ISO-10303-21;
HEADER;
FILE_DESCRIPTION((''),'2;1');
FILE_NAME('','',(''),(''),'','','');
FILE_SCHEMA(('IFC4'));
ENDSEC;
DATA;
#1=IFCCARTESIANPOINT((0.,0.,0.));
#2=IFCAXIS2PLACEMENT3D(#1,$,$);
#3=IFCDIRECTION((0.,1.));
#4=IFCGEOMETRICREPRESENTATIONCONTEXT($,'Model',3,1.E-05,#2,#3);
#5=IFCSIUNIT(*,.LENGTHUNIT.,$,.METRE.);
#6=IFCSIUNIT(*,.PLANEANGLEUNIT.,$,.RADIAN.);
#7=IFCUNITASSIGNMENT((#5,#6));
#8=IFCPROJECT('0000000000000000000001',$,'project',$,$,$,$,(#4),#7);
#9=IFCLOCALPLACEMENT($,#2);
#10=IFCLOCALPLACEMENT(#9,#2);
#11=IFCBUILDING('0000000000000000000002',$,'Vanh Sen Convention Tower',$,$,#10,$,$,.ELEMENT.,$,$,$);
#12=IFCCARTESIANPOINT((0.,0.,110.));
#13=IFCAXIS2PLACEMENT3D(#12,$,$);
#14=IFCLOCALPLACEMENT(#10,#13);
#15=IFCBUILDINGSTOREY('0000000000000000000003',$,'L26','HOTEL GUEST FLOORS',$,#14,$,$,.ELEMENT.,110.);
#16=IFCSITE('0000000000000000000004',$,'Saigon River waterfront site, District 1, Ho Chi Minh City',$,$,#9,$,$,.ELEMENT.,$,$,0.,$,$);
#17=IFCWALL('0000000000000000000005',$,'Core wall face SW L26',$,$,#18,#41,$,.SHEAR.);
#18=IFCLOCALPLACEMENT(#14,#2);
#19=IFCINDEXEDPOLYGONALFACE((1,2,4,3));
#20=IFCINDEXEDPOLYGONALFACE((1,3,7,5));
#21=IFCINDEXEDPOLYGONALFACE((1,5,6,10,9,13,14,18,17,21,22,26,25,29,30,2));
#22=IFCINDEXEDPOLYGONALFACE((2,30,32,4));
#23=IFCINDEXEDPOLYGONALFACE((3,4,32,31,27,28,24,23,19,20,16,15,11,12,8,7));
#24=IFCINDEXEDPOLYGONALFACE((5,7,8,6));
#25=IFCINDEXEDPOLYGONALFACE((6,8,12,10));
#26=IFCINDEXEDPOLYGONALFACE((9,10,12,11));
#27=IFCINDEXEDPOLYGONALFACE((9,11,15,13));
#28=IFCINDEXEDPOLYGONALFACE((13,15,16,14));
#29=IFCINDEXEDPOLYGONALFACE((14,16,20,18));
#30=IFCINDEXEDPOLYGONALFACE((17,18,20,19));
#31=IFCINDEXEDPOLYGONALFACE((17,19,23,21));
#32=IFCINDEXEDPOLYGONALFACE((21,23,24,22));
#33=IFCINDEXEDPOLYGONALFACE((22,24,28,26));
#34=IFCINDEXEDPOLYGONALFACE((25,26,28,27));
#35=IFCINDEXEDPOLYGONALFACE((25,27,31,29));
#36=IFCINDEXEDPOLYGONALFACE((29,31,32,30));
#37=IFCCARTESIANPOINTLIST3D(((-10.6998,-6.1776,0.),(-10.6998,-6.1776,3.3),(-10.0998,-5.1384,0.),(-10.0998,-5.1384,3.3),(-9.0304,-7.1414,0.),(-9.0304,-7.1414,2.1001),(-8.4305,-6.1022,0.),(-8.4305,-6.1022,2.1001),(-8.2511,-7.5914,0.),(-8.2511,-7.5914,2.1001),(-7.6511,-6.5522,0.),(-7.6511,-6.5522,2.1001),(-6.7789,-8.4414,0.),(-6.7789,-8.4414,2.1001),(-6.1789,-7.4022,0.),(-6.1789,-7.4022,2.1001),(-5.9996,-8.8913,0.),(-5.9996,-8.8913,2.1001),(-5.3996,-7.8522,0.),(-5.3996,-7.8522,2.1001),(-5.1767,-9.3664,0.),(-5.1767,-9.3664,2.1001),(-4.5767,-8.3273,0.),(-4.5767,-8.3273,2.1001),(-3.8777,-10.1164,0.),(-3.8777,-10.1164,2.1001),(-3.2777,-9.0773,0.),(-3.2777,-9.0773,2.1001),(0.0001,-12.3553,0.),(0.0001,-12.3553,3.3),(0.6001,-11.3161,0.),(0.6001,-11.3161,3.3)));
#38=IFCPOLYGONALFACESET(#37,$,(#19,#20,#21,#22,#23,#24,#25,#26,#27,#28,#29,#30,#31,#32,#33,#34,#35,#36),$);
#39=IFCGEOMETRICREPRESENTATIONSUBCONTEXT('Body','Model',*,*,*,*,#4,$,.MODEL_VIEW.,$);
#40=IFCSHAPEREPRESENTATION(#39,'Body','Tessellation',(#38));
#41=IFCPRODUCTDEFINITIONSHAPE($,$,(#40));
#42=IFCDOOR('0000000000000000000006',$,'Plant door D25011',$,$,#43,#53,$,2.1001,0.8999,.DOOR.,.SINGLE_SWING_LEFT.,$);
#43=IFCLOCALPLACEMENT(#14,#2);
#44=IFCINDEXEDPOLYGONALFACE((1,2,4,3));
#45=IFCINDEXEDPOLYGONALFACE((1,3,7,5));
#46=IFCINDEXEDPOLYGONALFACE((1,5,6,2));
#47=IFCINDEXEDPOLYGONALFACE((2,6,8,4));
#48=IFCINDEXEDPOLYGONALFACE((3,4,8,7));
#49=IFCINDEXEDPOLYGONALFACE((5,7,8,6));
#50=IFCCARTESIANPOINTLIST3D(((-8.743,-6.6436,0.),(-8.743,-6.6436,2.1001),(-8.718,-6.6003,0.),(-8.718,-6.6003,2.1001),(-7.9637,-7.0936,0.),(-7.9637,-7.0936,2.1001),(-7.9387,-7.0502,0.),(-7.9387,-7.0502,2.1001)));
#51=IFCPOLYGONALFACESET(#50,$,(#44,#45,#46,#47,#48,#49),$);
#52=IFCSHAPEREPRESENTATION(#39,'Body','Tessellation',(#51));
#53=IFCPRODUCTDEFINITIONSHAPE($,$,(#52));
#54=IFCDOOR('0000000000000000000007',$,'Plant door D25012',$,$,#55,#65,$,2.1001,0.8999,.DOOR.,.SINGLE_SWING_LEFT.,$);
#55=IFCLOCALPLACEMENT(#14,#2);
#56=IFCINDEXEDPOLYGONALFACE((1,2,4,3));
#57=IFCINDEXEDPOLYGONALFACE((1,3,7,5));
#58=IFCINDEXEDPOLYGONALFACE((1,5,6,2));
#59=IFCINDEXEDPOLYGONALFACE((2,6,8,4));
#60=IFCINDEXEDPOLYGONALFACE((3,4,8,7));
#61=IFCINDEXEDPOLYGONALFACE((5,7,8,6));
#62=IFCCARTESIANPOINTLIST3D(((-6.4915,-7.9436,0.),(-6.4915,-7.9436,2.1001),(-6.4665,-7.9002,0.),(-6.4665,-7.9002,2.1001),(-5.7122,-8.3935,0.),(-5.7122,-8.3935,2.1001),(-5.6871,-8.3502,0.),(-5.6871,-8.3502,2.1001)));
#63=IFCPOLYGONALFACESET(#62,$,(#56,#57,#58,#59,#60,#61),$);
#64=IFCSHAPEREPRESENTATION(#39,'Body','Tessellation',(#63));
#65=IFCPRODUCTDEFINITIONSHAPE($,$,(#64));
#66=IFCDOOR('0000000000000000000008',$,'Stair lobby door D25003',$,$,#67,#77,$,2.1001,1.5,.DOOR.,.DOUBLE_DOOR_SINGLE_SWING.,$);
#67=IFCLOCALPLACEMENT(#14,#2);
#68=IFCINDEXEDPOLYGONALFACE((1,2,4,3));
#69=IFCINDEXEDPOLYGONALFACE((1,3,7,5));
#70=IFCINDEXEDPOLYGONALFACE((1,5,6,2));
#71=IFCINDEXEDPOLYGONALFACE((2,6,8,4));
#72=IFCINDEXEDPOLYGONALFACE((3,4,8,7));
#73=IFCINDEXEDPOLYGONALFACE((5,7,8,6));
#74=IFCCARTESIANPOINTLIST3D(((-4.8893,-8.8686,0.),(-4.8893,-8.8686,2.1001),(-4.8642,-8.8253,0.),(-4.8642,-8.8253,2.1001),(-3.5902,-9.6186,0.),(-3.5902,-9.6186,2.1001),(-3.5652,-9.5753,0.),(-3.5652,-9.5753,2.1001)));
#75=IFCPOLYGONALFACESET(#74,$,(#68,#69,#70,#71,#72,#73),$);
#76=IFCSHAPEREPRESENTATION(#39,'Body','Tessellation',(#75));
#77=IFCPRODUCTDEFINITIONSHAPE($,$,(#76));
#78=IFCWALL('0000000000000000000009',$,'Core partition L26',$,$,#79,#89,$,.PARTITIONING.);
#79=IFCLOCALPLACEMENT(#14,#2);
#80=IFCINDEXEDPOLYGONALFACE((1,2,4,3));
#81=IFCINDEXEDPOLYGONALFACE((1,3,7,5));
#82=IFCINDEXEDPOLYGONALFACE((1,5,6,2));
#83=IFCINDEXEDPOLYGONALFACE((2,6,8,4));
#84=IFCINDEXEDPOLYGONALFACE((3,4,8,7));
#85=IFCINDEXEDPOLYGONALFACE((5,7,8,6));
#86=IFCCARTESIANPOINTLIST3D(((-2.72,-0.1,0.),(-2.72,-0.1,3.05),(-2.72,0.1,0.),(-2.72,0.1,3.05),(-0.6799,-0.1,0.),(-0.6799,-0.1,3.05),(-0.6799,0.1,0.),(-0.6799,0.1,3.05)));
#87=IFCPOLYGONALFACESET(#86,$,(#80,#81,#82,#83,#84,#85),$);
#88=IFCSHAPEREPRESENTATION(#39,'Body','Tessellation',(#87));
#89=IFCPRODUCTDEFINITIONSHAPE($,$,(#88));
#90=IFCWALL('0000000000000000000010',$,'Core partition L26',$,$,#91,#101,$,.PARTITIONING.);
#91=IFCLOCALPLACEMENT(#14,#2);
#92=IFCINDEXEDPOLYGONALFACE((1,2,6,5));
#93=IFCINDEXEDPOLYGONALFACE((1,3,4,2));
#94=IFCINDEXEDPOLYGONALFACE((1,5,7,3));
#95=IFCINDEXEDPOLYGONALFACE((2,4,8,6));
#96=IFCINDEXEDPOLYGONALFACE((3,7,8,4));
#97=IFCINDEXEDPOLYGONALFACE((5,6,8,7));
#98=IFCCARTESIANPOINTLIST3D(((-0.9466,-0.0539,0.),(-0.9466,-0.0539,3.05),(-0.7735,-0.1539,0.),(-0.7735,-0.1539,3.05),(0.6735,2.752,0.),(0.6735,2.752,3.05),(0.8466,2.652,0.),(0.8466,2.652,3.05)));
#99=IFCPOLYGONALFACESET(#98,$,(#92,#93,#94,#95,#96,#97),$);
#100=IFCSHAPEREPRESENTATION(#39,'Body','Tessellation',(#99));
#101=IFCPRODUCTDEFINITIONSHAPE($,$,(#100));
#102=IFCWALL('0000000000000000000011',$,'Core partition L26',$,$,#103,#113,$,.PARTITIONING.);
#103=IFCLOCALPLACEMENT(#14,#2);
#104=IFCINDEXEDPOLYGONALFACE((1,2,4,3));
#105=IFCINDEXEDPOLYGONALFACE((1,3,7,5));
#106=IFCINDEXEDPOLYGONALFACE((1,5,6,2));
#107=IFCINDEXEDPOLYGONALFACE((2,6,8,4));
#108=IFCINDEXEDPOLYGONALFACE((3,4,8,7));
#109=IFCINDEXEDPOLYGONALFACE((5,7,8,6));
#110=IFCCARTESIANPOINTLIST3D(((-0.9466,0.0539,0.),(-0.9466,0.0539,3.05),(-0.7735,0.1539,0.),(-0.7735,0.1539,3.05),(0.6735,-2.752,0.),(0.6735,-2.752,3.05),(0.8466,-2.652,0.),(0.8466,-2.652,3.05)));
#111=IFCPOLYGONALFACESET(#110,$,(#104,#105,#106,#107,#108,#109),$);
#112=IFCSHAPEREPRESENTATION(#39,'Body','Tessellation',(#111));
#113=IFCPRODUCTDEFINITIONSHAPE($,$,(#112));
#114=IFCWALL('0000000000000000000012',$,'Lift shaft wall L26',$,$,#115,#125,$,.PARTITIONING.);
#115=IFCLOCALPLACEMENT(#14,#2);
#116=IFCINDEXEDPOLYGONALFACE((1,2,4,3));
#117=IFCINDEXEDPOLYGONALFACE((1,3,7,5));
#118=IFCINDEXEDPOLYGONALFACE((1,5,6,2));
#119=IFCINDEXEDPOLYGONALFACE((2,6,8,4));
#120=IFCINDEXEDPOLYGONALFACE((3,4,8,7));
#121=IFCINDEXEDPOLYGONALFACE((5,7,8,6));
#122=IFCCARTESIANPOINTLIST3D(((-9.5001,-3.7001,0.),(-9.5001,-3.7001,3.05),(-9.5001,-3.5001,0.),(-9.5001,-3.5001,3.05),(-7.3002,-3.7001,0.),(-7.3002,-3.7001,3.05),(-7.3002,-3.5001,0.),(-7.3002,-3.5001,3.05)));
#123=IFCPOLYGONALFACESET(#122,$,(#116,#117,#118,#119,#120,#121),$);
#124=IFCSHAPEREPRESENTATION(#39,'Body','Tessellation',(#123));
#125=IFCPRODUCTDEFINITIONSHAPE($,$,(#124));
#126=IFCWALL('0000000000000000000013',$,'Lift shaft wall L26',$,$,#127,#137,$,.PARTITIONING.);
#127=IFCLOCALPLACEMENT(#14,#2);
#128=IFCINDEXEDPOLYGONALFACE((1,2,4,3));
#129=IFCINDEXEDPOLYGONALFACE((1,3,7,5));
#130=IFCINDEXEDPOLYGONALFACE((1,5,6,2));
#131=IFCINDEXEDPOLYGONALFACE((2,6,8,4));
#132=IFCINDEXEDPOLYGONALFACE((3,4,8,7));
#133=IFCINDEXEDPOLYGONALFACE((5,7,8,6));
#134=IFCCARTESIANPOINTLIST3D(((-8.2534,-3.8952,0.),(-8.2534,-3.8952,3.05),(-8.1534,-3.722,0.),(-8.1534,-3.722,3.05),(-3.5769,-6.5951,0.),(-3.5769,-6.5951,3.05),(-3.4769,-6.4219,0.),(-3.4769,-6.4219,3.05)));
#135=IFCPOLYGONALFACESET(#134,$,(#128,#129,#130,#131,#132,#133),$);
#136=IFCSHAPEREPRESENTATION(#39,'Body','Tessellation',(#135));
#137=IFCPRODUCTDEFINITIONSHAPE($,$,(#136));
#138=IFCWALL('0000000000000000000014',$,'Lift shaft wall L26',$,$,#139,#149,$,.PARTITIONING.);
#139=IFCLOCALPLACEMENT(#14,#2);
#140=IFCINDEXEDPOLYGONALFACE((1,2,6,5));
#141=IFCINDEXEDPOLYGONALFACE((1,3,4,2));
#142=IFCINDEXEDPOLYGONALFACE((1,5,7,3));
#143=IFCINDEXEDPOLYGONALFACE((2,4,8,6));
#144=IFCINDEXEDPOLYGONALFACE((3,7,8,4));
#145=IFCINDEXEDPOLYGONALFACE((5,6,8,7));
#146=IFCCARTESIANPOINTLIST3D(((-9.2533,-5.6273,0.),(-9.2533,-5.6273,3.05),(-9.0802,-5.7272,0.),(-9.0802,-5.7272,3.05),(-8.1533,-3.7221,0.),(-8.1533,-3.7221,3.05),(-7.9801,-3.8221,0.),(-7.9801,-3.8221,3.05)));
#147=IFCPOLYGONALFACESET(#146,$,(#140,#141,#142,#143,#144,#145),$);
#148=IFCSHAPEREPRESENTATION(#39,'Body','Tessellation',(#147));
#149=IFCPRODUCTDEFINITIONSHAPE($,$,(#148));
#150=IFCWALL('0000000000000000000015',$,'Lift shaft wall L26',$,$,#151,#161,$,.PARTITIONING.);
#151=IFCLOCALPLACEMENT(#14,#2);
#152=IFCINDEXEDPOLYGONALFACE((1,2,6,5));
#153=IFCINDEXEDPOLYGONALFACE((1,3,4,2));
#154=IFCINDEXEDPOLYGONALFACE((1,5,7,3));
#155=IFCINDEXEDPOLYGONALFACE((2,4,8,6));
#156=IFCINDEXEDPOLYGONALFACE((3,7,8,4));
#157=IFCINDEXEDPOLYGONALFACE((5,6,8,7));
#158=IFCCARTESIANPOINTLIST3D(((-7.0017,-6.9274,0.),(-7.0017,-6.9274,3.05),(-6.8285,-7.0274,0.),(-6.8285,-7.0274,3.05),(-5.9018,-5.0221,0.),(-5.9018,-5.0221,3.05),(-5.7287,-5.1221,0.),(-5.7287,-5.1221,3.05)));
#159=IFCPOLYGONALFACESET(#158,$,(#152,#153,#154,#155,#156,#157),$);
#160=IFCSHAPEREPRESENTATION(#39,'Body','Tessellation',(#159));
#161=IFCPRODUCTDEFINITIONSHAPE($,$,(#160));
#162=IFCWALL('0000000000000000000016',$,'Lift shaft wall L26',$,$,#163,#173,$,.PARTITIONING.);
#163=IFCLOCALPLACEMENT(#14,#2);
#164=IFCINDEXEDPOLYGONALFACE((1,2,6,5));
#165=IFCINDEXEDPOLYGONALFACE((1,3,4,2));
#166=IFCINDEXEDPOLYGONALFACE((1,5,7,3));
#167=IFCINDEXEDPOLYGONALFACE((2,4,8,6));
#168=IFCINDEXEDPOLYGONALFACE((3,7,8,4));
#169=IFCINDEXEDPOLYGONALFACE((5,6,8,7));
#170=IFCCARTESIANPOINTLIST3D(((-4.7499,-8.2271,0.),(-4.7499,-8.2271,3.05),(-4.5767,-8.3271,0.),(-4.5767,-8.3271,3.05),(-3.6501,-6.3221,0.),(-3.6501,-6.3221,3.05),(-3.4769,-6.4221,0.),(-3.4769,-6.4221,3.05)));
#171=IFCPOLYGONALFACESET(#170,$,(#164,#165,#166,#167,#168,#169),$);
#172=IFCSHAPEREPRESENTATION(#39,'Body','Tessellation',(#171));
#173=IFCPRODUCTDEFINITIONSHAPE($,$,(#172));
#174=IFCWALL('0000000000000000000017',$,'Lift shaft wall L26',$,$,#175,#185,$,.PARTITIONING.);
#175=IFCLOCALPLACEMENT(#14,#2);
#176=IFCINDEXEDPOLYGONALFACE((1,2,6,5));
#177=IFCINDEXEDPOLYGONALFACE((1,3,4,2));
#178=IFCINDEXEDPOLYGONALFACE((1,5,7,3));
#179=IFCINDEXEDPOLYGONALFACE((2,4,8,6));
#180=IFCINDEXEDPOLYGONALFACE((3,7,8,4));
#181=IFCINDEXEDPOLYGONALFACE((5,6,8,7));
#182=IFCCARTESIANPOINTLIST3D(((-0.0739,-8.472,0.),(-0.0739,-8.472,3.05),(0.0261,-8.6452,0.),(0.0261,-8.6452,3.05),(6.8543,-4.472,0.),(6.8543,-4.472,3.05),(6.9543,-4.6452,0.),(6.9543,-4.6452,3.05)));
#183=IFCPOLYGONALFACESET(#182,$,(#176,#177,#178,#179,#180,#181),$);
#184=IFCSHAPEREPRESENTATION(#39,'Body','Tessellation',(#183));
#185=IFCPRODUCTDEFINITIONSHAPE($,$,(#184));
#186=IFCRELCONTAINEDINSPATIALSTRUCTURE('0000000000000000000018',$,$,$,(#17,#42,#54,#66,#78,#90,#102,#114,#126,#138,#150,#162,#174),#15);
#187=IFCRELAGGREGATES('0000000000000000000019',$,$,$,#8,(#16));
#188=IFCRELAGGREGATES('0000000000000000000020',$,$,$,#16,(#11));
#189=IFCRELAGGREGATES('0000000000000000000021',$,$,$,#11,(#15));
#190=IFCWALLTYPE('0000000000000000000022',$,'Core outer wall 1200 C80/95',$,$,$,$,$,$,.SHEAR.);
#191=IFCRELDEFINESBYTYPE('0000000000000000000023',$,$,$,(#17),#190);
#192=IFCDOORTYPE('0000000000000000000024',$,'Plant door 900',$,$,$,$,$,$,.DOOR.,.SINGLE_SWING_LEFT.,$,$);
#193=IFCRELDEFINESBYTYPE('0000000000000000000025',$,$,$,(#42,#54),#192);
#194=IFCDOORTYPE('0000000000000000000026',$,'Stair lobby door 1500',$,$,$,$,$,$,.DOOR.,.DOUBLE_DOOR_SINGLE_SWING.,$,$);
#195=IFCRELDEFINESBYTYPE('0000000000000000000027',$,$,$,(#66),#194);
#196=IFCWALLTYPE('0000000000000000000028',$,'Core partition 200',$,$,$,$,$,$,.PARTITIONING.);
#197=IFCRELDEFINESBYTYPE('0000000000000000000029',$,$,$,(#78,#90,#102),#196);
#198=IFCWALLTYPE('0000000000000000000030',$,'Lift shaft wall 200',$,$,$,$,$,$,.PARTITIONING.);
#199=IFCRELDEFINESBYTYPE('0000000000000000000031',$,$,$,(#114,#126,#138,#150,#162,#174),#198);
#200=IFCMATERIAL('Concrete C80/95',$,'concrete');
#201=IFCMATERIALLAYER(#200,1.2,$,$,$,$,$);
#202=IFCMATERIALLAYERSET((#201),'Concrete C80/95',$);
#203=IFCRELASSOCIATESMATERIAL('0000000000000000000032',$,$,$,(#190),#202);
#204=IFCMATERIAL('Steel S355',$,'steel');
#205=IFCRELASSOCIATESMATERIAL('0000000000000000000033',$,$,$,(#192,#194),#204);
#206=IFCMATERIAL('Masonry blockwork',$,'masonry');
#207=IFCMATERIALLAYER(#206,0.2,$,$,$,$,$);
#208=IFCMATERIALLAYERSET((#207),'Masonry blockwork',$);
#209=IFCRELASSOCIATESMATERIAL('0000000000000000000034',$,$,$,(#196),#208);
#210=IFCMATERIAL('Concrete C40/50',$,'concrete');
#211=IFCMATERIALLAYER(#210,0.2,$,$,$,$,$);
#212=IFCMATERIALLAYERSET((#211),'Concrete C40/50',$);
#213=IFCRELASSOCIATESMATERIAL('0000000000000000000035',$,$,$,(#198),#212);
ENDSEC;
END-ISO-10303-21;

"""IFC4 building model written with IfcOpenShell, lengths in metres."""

from ifc_helpers import new_model, si_unit, direction, frame, frame_2d, origin, place, context, subcontext, project, spatial, rectangle, extrude, material, layer, layer_set, type_object, element, fill, save


model = new_model("IFC4")

# Units and contexts
model_context = context("Model", 3, precision=1e-05, world=origin(), true_north=direction((0.0, 1.0)))
body_context = subcontext(model_context, "Body", "Model", "MODEL_VIEW")
ifc_project = project(units=[si_unit("LENGTHUNIT", "METRE"), si_unit("PLANEANGLEUNIT", "RADIAN")], contexts=[model_context])

# Site, building, storey
site_placement = place(None, origin())
site = spatial("IfcSite", under=ifc_project, at=site_placement, Name="Saigon River waterfront site, District 1, Ho Chi Minh City", CompositionType="ELEMENT", RefElevation=0.0)
building_placement = place(site_placement, origin())
building = spatial("IfcBuilding", under=site, at=building_placement, Name="Vanh Sen Convention Tower", CompositionType="ELEMENT")
storey_placement = place(building_placement, frame((0.0, 0.0, 110.0)))
storey = spatial("IfcBuildingStorey", under=building, at=storey_placement, Name="L26", Description="HOTEL GUEST FLOORS", CompositionType="ELEMENT", Elevation=110.0)

# Shared definitions
ifc_material_1 = material(Name="Concrete C40/50", Category="concrete")

# Wall, openings, doors
ifc_material_2 = material(Name="Concrete C80/95", Category="concrete")
ifc_layer_1 = layer(ifc_material_2, 1.2)
ifc_layer_set_1 = layer_set([ifc_layer_1], Name="Concrete C80/95")
wall_type_1 = type_object("IfcWallType", Name="Core outer wall 1200 C80/95", PredefinedType="SHEAR", material=ifc_layer_set_1)
wall_1_placement = place(storey_placement, frame((-10.3999, -5.658, 0.0), z_axis=(0.0, 0.0, 1.0), x_axis=(0.866021, -0.500007, 0.0)))
wall_1 = element("IfcWall", 1, at=wall_1_placement, inside=storey, type_object=wall_type_1, Name="Core wall face SW L26", PredefinedType="SHEAR", context=body_context, shape_type="SweptSolid", body=[
    extrude(rectangle(XDim=12.3552, YDim=1.2, at=frame_2d((6.1777, 0.0))), origin(), (0.0, 0.0, 1.0), 3.3),
])
opening_1_placement = place(wall_1_placement, frame((6.3777, 0.0, 0.0)))
opening_1 = element("IfcOpeningElement", 2, at=opening_1_placement, cuts=wall_1, PredefinedType="OPENING", context=body_context, shape_type="SweptSolid", body=[
    extrude(rectangle(XDim=1.5, YDim=2.1001, at=frame_2d((0.75, 1.05))), frame((0.0, 0.6099, 0.0), z_axis=(0.0, -1.0, 0.0), x_axis=(1.0, 0.0, 0.0)), (0.0, 0.0, 1.0), 1.22),
])
opening_2_placement = place(wall_1_placement, frame((1.9277, 0.0, 0.0)))
opening_2 = element("IfcOpeningElement", 3, at=opening_2_placement, cuts=wall_1, PredefinedType="OPENING", context=body_context, shape_type="SweptSolid", body=[
    extrude(rectangle(XDim=0.8999, YDim=2.1001, at=frame_2d((0.45, 1.05))), frame((0.0, 0.6099, 0.0), z_axis=(0.0, -1.0, 0.0), x_axis=(1.0, 0.0, 0.0)), (0.0, 0.0, 1.0), 1.22),
])
opening_3_placement = place(wall_1_placement, frame((4.5276, 0.0, 0.0)))
opening_3 = element("IfcOpeningElement", 4, at=opening_3_placement, cuts=wall_1, PredefinedType="OPENING", context=body_context, shape_type="SweptSolid", body=[
    extrude(rectangle(XDim=0.8999, YDim=2.1001, at=frame_2d((0.45, 1.05))), frame((0.0, 0.6099, 0.0), z_axis=(0.0, -1.0, 0.0), x_axis=(1.0, 0.0, 0.0)), (0.0, 0.0, 1.0), 1.22),
])
ifc_material_3 = material(Name="Steel S355", Category="steel")
door_type_1 = type_object("IfcDoorType", Name="Plant door 900", OperationType="SINGLE_SWING_LEFT", PredefinedType="DOOR", material=ifc_material_3)
door_1_placement = place(opening_2_placement, origin())
door_1 = element("IfcDoor", 5, at=door_1_placement, inside=storey, type_object=door_type_1, Name="Plant door D25011", OperationType="SINGLE_SWING_LEFT", OverallHeight=2.1001, OverallWidth=0.8999, PredefinedType="DOOR", context=body_context, shape_type="SweptSolid", body=[
    extrude(rectangle(XDim=0.8999, YDim=2.1001, at=frame_2d((0.45, 1.05))), frame((0.0, 0.0249, 0.0), z_axis=(0.0, -1.0, 0.0), x_axis=(1.0, 0.0, 0.0)), (0.0, 0.0, 1.0), 0.05),
])
fill(opening_2, door_1)
door_2_placement = place(opening_3_placement, origin())
door_2 = element("IfcDoor", 6, at=door_2_placement, inside=storey, type_object=door_type_1, Name="Plant door D25012", OperationType="SINGLE_SWING_LEFT", OverallHeight=2.1001, OverallWidth=0.8999, PredefinedType="DOOR", context=body_context, shape_type="SweptSolid", body=[
    extrude(rectangle(XDim=0.8999, YDim=2.1001, at=frame_2d((0.45, 1.05))), frame((0.0, 0.0249, 0.0), z_axis=(0.0, -1.0, 0.0), x_axis=(1.0, 0.0, 0.0)), (0.0, 0.0, 1.0), 0.05),
])
fill(opening_3, door_2)
door_type_2 = type_object("IfcDoorType", Name="Stair lobby door 1500", OperationType="DOUBLE_DOOR_SINGLE_SWING", PredefinedType="DOOR", material=ifc_material_3)
door_3_placement = place(opening_1_placement, origin())
door_3 = element("IfcDoor", 7, at=door_3_placement, inside=storey, type_object=door_type_2, Name="Stair lobby door D25003", OperationType="DOUBLE_DOOR_SINGLE_SWING", OverallHeight=2.1001, OverallWidth=1.5, PredefinedType="DOOR", context=body_context, shape_type="SweptSolid", body=[
    extrude(rectangle(XDim=1.5, YDim=2.1001, at=frame_2d((0.75, 1.05))), frame((0.0, 0.0249, 0.0), z_axis=(0.0, -1.0, 0.0), x_axis=(1.0, 0.0, 0.0)), (0.0, 0.0, 1.0), 0.05),
])
fill(opening_1, door_3)

# Walls
ifc_material_4 = material(Name="Masonry blockwork", Category="masonry")
ifc_layer_2 = layer(ifc_material_4, 0.2)
ifc_layer_set_2 = layer_set([ifc_layer_2], Name="Masonry blockwork")
wall_type_2 = type_object("IfcWallType", Name="Core partition 200", PredefinedType="PARTITIONING", material=ifc_layer_set_2)
wall_2_placement = place(storey_placement, frame((-0.6799, 0.0, 0.0), z_axis=(0.0, 0.0, 1.0), x_axis=(-1.0, 0.0, 0.0)))
element("IfcWall", 8, at=wall_2_placement, inside=storey, type_object=wall_type_2, Name="Core partition L26", PredefinedType="PARTITIONING", context=body_context, shape_type="SweptSolid", body=[
    extrude(rectangle(XDim=2.04, YDim=0.2, at=frame_2d((1.02, 0.0))), origin(), (0.0, 0.0, 1.0), 3.05),
])
for number, where, z_axis, x_axis, name in (
    (9, (-0.8601, -0.104, 0.0), (0.0, 0.0, 1.0), (0.500029, 0.866009, 0.0), "Core partition L26"),
    (10, (-0.8601, 0.104, 0.0), (0.0, 0.0, 1.0), (0.500029, -0.866009, 0.0), "Core partition L26"),
):
    element("IfcWall", number, at=place(storey_placement, frame(where, z_axis=z_axis, x_axis=x_axis)), inside=storey, type_object=wall_type_2, Name=name, PredefinedType="PARTITIONING", context=body_context, shape_type="SweptSolid", body=[
        extrude(rectangle(XDim=3.24, YDim=0.2, at=frame_2d((1.6201, 0.0))), origin(), (0.0, 0.0, 1.0), 3.05),
    ])
ifc_layer_3 = layer(ifc_material_1, 0.2)
ifc_layer_set_3 = layer_set([ifc_layer_3], Name="Concrete C40/50")
wall_type_3 = type_object("IfcWallType", Name="Lift shaft wall 200", PredefinedType="PARTITIONING", material=ifc_layer_set_3)
wall_3_placement = place(storey_placement, frame((-7.3, -3.6001, 0.0), z_axis=(0.0, 0.0, 1.0), x_axis=(-1.0, 0.0, 0.0)))
element("IfcWall", 11, at=wall_3_placement, inside=storey, type_object=wall_type_3, Name="Lift shaft wall L26", PredefinedType="PARTITIONING", context=body_context, shape_type="SweptSolid", body=[
    extrude(rectangle(XDim=2.2, YDim=0.2, at=frame_2d((1.1001, 0.0))), origin(), (0.0, 0.0, 1.0), 3.05),
])
wall_4_placement = place(storey_placement, frame((-8.2034, -3.8086, 0.0), z_axis=(0.0, 0.0, 1.0), x_axis=(0.866028, -0.499995, 0.0)))
element("IfcWall", 12, at=wall_4_placement, inside=storey, type_object=wall_type_3, Name="Lift shaft wall L26", PredefinedType="PARTITIONING", context=body_context, shape_type="SweptSolid", body=[
    extrude(rectangle(XDim=5.3999, YDim=0.2, at=frame_2d((2.7, 0.0))), origin(), (0.0, 0.0, 1.0), 3.05),
])
for number, where, z_axis, x_axis, name in (
    (13, (-8.0667, -3.772, 0.0), (0.0, 0.0, 1.0), (-0.50003, -0.866008, 0.0), "Lift shaft wall L26"),
    (14, (-5.8152, -5.072, 0.0), (0.0, 0.0, 1.0), (-0.499947, -0.866056, 0.0), "Lift shaft wall L26"),
):
    element("IfcWall", number, at=place(storey_placement, frame(where, z_axis=z_axis, x_axis=x_axis)), inside=storey, type_object=wall_type_3, Name=name, PredefinedType="PARTITIONING", context=body_context, shape_type="SweptSolid", body=[
        extrude(rectangle(XDim=2.2, YDim=0.2, at=frame_2d((1.1001, 0.0))), origin(), (0.0, 0.0, 1.0), 3.05),
    ])
wall_5_placement = place(storey_placement, frame((-3.5635, -6.3721, 0.0), z_axis=(0.0, 0.0, 1.0), x_axis=(-0.499995, -0.866028, 0.0)))
element("IfcWall", 15, at=wall_5_placement, inside=storey, type_object=wall_type_3, Name="Lift shaft wall L26", PredefinedType="PARTITIONING", context=body_context, shape_type="SweptSolid", body=[
    extrude(rectangle(XDim=2.1997, YDim=0.2, at=frame_2d((1.0999, 0.0))), origin(), (0.0, 0.0, 1.0), 3.05),
])
wall_6_placement = place(storey_placement, frame((-0.0239, -8.5586, 0.0), z_axis=(0.0, 0.0, 1.0), x_axis=(0.866026, 0.499999, 0.0)))
element("IfcWall", 16, at=wall_6_placement, inside=storey, type_object=wall_type_3, Name="Lift shaft wall L26", PredefinedType="PARTITIONING", context=body_context, shape_type="SweptSolid", body=[
    extrude(rectangle(XDim=8.0, YDim=0.2, at=frame_2d((4.0, 0.0))), origin(), (0.0, 0.0, 1.0), 3.05),
])

save(model, "model.ifc")
